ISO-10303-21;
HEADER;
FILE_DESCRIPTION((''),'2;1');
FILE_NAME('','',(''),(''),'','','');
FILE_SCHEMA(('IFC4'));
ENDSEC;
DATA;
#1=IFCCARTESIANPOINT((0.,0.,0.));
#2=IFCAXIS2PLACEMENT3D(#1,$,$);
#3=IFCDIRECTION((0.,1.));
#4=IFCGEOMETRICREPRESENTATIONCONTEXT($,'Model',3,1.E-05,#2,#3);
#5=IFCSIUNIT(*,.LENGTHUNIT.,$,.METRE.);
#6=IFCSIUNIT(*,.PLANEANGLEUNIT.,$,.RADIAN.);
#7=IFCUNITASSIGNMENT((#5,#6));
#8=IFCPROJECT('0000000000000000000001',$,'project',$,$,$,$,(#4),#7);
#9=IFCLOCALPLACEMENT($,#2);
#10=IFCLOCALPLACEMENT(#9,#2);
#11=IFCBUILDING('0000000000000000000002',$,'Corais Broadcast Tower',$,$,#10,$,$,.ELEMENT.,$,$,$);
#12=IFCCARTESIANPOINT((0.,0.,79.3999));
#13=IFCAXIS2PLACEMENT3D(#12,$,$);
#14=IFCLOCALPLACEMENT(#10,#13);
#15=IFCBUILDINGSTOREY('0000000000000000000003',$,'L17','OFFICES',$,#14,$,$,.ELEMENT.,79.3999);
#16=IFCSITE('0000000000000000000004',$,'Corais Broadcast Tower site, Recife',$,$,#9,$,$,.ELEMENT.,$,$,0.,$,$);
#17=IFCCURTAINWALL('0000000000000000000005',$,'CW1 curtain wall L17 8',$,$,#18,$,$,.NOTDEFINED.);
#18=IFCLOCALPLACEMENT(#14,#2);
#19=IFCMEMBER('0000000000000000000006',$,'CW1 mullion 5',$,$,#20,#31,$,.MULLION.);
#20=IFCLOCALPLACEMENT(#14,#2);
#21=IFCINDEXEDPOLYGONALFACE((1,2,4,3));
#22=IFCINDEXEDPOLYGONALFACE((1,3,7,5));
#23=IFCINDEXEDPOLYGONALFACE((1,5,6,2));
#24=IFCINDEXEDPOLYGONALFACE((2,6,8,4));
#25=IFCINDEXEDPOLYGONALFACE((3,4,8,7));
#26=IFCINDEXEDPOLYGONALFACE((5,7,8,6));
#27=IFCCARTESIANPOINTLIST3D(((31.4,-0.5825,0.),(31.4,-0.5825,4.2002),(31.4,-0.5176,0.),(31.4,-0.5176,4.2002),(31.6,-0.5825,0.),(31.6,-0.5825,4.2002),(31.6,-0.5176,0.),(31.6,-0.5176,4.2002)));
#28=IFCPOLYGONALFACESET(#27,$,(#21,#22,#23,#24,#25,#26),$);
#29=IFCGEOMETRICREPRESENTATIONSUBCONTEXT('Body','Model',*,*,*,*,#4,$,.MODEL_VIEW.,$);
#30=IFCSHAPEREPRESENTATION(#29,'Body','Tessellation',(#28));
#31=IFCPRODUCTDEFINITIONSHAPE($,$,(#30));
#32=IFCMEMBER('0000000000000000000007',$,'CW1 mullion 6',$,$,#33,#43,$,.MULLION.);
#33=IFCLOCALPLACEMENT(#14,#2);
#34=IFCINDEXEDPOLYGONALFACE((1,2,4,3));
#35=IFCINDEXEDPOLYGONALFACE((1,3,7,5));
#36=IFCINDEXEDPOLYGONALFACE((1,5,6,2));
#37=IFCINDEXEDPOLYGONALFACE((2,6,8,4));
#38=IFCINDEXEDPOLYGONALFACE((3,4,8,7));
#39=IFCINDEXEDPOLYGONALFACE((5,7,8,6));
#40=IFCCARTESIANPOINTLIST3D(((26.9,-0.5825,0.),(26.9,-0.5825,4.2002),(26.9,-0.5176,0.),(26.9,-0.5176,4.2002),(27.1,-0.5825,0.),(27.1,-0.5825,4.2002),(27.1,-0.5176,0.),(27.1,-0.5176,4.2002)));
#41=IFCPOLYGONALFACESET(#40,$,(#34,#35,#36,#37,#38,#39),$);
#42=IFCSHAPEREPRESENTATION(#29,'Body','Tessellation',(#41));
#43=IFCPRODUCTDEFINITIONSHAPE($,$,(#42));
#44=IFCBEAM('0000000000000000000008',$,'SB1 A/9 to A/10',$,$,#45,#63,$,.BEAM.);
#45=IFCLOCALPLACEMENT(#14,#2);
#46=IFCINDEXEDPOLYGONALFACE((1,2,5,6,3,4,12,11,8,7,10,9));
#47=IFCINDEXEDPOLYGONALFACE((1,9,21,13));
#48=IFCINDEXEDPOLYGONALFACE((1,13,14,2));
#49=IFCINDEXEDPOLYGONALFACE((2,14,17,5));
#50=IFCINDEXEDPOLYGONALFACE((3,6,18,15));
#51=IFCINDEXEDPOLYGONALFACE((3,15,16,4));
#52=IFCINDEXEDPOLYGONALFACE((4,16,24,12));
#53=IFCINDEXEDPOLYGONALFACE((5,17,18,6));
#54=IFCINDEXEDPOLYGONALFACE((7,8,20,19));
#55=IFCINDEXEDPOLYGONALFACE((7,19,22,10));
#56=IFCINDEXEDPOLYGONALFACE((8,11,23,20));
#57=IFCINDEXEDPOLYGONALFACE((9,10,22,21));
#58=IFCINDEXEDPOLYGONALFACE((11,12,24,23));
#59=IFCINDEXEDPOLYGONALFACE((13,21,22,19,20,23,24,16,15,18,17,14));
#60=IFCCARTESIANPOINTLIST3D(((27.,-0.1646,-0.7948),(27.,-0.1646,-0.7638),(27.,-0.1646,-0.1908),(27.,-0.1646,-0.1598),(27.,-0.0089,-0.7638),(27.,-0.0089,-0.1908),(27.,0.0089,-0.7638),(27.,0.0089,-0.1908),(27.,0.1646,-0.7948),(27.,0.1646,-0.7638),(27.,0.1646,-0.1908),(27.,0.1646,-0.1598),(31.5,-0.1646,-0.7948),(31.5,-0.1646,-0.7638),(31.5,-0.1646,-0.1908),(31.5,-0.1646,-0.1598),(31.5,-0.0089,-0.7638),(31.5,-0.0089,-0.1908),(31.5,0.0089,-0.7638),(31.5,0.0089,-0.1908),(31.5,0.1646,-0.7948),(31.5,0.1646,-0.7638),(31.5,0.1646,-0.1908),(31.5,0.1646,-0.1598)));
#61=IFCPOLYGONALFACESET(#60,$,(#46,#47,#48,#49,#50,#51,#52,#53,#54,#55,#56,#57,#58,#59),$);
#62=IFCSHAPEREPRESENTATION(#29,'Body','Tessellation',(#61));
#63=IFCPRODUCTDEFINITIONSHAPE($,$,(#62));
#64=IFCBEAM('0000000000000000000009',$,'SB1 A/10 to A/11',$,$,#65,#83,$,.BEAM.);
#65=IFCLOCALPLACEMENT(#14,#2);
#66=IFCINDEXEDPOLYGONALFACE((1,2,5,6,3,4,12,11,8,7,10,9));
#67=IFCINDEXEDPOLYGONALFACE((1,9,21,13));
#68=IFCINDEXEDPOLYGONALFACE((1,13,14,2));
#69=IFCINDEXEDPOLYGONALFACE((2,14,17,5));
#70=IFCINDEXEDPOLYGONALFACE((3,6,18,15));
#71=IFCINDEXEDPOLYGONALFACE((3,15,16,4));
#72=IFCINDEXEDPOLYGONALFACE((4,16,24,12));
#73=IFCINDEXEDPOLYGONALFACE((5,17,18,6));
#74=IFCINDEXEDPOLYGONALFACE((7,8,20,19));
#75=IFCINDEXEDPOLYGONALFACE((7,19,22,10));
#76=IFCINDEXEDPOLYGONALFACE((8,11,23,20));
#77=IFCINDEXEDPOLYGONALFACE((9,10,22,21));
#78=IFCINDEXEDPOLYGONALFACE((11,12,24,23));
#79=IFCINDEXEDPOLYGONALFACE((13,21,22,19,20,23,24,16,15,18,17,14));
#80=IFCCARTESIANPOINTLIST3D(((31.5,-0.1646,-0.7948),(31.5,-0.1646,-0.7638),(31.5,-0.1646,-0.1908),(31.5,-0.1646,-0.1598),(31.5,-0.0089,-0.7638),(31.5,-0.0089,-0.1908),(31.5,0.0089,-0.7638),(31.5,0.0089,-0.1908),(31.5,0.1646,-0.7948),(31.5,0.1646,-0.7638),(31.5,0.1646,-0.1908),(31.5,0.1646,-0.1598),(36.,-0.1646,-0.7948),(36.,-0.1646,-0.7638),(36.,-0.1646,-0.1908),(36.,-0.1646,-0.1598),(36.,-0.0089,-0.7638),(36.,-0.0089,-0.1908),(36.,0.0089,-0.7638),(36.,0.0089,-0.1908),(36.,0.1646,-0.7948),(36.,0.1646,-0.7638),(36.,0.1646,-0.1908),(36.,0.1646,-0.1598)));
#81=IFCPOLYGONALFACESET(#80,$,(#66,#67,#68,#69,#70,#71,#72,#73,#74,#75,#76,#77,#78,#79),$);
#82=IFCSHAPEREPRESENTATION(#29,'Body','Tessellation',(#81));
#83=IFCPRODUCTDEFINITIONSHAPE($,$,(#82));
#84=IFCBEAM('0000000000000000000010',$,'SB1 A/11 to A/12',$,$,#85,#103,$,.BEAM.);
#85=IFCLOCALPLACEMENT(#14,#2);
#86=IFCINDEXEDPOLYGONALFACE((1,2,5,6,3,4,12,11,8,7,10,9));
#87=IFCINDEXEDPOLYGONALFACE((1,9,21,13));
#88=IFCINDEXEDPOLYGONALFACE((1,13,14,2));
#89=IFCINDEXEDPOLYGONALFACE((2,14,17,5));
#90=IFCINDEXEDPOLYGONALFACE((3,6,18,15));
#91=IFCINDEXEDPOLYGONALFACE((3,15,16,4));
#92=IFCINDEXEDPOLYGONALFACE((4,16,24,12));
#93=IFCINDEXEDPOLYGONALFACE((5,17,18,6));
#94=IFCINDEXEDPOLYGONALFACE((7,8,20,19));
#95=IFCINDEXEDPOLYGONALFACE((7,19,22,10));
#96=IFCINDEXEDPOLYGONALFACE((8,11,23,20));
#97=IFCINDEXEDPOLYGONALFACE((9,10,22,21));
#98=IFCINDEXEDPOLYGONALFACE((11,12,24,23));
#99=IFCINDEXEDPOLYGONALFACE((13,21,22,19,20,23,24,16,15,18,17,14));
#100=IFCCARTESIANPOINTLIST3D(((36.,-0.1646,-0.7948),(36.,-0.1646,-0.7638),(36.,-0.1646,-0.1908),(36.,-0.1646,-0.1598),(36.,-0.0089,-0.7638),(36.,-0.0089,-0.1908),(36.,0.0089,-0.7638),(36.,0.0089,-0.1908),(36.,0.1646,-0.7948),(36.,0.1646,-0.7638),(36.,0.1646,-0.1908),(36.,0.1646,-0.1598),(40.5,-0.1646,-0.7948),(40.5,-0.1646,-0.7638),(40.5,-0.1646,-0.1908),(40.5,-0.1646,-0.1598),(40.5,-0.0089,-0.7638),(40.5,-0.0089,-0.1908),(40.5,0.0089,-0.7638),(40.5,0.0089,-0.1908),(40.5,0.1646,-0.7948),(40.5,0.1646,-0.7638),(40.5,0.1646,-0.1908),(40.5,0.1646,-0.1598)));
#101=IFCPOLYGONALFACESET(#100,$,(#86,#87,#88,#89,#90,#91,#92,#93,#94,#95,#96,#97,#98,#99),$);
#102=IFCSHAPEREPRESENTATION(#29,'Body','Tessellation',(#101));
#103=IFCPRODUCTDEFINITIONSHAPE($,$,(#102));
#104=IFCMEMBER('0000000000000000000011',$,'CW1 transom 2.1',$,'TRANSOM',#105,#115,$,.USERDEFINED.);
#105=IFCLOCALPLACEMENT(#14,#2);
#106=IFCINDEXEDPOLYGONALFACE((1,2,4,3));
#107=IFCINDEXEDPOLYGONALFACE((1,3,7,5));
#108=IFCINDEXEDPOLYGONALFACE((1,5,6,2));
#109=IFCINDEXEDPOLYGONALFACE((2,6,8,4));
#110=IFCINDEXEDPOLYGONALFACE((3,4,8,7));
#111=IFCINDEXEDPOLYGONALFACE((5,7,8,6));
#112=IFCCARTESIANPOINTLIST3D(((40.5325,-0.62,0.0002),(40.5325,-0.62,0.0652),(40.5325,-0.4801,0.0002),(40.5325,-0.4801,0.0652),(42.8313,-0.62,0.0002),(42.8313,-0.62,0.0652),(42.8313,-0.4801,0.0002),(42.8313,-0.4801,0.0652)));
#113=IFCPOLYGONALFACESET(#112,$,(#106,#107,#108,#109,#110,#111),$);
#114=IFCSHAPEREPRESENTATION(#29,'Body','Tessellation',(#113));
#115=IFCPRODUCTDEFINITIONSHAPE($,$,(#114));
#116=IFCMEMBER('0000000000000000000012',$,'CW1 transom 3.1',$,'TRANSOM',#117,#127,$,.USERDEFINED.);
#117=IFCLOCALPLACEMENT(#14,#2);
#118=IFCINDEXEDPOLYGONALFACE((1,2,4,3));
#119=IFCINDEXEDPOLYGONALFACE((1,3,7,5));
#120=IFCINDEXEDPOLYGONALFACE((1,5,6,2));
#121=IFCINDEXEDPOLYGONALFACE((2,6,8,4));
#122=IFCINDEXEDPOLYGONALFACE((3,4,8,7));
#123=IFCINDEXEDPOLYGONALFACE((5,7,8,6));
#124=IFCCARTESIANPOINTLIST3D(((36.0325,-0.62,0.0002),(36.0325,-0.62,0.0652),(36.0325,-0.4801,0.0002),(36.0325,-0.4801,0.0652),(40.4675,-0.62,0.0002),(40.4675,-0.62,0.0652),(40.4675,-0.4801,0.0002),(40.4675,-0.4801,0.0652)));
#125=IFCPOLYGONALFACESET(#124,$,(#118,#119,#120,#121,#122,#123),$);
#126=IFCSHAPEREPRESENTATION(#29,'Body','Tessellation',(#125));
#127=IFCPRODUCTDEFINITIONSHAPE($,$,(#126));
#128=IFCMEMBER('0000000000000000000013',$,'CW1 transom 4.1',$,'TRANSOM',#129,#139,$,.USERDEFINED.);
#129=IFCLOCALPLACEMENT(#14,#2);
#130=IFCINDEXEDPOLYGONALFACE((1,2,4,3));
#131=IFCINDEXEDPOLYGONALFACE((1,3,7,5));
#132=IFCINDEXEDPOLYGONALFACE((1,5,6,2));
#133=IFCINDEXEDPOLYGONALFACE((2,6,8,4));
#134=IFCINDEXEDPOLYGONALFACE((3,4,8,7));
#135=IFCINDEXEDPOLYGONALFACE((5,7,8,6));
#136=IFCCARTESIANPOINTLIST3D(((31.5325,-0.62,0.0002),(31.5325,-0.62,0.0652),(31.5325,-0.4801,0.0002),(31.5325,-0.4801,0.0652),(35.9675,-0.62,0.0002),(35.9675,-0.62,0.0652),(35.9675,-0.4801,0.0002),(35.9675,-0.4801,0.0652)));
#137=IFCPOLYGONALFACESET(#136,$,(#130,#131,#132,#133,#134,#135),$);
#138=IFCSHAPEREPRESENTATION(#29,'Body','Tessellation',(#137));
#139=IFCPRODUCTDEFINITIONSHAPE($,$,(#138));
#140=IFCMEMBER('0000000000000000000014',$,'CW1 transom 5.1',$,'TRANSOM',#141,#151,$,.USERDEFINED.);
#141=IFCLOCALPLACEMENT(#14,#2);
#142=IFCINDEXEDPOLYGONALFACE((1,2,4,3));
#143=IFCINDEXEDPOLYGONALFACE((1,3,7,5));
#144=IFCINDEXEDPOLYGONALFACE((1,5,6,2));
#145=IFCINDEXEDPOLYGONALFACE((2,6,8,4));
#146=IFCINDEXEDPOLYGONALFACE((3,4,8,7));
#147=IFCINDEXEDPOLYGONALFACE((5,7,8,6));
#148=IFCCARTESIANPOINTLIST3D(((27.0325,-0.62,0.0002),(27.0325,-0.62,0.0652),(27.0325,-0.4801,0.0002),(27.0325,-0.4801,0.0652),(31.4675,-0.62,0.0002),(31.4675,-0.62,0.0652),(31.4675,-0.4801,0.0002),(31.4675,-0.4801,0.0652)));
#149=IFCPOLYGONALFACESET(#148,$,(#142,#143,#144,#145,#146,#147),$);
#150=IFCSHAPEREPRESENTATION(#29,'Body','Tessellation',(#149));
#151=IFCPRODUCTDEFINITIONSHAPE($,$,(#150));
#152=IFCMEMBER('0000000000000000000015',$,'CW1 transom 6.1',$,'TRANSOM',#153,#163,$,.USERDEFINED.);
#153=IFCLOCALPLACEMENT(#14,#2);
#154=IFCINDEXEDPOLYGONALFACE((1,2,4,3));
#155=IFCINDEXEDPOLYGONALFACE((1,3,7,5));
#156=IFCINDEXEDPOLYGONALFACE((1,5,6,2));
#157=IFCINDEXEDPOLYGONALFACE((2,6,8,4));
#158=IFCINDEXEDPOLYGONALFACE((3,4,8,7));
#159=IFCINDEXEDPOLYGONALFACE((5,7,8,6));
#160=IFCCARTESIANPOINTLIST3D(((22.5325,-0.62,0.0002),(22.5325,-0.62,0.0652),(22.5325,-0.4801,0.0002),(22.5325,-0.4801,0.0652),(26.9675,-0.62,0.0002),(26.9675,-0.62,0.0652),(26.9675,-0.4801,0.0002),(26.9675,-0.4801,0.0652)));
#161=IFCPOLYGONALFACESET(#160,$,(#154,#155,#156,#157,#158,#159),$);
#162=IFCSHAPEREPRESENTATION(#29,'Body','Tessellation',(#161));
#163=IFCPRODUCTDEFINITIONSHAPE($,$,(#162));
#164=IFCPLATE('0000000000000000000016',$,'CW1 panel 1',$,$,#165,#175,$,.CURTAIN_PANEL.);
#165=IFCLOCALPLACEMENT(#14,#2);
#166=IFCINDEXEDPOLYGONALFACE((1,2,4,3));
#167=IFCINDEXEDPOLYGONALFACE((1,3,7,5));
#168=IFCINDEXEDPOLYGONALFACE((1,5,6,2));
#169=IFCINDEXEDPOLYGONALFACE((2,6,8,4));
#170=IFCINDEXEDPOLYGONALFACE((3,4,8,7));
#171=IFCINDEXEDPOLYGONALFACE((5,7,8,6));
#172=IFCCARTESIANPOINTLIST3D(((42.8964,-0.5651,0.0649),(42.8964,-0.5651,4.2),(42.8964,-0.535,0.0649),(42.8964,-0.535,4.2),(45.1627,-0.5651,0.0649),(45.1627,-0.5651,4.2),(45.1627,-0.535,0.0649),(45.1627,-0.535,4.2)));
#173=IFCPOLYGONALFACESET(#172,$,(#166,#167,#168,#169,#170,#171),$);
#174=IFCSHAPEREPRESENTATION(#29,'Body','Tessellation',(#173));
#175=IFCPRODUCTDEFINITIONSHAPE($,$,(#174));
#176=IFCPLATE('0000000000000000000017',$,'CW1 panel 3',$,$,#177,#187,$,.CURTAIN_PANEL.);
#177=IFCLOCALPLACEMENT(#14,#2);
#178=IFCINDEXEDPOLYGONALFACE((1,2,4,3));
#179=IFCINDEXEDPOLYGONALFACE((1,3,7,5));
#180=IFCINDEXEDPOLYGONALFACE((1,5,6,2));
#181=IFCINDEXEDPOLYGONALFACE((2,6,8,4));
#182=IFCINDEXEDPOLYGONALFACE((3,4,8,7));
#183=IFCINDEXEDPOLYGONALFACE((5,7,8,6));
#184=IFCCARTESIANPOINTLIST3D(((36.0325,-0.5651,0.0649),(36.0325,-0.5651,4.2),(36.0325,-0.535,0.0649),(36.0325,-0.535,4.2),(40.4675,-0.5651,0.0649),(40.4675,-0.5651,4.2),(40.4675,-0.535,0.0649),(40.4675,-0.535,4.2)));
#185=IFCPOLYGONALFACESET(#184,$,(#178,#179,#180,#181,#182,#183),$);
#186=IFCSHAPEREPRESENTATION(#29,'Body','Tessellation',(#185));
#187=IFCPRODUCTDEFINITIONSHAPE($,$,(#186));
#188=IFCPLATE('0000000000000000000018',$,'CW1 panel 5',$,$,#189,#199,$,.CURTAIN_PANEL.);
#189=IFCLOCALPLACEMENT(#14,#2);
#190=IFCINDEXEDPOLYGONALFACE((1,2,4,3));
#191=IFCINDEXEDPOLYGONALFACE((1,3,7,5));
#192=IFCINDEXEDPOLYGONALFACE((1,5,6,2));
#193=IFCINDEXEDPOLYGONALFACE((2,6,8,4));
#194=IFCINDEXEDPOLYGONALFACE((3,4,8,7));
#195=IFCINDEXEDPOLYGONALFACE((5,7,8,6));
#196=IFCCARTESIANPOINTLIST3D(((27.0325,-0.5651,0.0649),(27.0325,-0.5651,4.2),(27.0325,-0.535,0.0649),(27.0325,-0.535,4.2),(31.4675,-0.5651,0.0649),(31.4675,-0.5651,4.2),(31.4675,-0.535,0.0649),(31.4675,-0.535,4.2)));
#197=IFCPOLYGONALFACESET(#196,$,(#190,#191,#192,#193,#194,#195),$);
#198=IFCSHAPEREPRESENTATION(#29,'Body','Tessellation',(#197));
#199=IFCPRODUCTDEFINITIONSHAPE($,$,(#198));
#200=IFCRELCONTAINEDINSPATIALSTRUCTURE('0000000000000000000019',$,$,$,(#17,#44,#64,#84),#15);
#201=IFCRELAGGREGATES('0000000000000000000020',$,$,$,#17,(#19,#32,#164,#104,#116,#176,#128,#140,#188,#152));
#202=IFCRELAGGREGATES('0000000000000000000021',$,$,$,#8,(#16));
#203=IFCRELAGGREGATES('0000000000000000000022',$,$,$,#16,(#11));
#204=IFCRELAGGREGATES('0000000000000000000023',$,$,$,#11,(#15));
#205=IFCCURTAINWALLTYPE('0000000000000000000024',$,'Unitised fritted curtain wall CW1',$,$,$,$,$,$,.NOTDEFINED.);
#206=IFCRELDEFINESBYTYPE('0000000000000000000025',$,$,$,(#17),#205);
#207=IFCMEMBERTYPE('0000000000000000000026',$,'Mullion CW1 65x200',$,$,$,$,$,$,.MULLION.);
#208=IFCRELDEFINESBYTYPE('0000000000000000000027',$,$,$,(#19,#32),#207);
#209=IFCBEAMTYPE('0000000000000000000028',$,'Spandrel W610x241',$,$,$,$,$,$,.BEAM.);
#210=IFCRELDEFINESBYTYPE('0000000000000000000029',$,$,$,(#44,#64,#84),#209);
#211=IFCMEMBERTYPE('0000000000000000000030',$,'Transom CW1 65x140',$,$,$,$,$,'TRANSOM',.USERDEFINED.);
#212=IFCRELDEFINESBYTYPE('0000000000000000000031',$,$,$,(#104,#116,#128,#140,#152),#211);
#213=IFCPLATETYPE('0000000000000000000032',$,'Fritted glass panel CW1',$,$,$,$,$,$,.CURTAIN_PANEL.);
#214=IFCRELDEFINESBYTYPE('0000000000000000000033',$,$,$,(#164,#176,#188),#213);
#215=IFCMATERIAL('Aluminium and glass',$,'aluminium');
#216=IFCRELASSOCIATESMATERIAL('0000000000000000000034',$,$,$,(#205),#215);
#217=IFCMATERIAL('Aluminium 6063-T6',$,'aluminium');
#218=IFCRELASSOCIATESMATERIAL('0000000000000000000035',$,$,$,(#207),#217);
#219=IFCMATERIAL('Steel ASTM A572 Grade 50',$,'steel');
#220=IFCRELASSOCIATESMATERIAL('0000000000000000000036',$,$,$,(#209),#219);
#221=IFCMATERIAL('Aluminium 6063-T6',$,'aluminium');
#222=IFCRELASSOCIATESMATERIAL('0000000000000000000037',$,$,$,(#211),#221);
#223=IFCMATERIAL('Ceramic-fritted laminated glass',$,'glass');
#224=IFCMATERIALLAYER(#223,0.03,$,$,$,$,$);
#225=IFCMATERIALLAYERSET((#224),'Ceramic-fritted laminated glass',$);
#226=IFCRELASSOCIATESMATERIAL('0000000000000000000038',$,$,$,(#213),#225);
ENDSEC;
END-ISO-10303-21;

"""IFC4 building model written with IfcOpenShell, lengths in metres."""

from ifc_helpers import new_model, si_unit, direction, frame, origin, origin_2d, place, context, subcontext, project, spatial, rectangle, i_section, extrude, material, layer, layer_set, material_profile, profile_set, type_object, element, aggregate, save


model = new_model("IFC4")

# Units and contexts
model_context = context("Model", 3, precision=1e-05, world=origin(), true_north=direction((0.0, 1.0)))
body_context = subcontext(model_context, "Body", "Model", "MODEL_VIEW")
ifc_project = project(units=[si_unit("LENGTHUNIT", "METRE"), si_unit("PLANEANGLEUNIT", "RADIAN")], contexts=[model_context])

# Site, building, storey
site_placement = place(None, origin())
site = spatial("IfcSite", under=ifc_project, at=site_placement, Name="Corais Broadcast Tower site, Recife", CompositionType="ELEMENT", RefElevation=0.0)
building_placement = place(site_placement, origin())
building = spatial("IfcBuilding", under=site, at=building_placement, Name="Corais Broadcast Tower", CompositionType="ELEMENT")
storey_placement = place(building_placement, frame((0.0, 0.0, 79.3999)))
storey = spatial("IfcBuildingStorey", under=building, at=storey_placement, Name="L17", Description="OFFICES", CompositionType="ELEMENT", Elevation=79.3999)

# Curtain wall, members
ifc_material_1 = material(Name="Aluminium and glass", Category="aluminium")
curtain_wall_type = type_object("IfcCurtainWallType", Name="Unitised fritted curtain wall CW1", PredefinedType="NOTDEFINED", material=ifc_material_1)
curtain_wall_placement = place(storey_placement, origin())
curtain_wall = element("IfcCurtainWall", 1, at=curtain_wall_placement, inside=storey, type_object=curtain_wall_type, Name="CW1 curtain wall L17 8", PredefinedType="NOTDEFINED")
ifc_material_2 = material(Name="Aluminium 6063-T6", Category="aluminium")
ifc_material_profile_1 = material_profile(ifc_material_2, rectangle(XDim=0.0649, YDim=0.2, at=origin_2d()), Name="Mullion CW1 65x200")
ifc_profile_set_1 = profile_set([ifc_material_profile_1], Name="Aluminium 6063-T6")
member_type_1 = type_object("IfcMemberType", Name="Mullion CW1 65x200", PredefinedType="MULLION", material=ifc_profile_set_1)
member_1_placement = place(storey_placement, frame((31.5, -0.55, 0.0), z_axis=(0.0, 0.0, 1.0), x_axis=(0.0, -1.0, 0.0)))
member_1 = element("IfcMember", 2, at=member_1_placement, type_object=member_type_1, Name="CW1 mullion 5", PredefinedType="MULLION", context=body_context, shape_type="SweptSolid", body=[
    extrude(rectangle(XDim=0.0649, YDim=0.2, at=origin_2d()), origin(), (0.0, 0.0, 1.0), 4.2002),
])
member_2_placement = place(storey_placement, frame((27.0, -0.55, 0.0), z_axis=(0.0, 0.0, 1.0), x_axis=(0.0, -1.0, 0.0)))
member_2 = element("IfcMember", 3, at=member_2_placement, type_object=member_type_1, Name="CW1 mullion 6", PredefinedType="MULLION", context=body_context, shape_type="SweptSolid", body=[
    extrude(rectangle(XDim=0.0649, YDim=0.2, at=origin_2d()), origin(), (0.0, 0.0, 1.0), 4.2002),
])

# Beams
ifc_material_3 = material(Name="Steel ASTM A572 Grade 50", Category="steel")
ifc_material_profile_2 = material_profile(ifc_material_3, i_section(OverallWidth=0.3291, OverallDepth=0.635, WebThickness=0.0178, FlangeThickness=0.031, at=origin_2d()), Name="W610x241")
ifc_profile_set_2 = profile_set([ifc_material_profile_2], Name="Steel ASTM A572 Grade 50")
beam_type_1 = type_object("IfcBeamType", Name="Spandrel W610x241", PredefinedType="BEAM", material=ifc_profile_set_2)
for number, where, z_axis, x_axis, name in (
    (4, (27.0, 0.0, -0.4773), (1.0, 0.0, 0.0), (0.0, 1.0, 0.0), "SB1 A/9 to A/10"),
    (5, (31.5, 0.0, -0.4773), (1.0, 0.0, 0.0), (0.0, 1.0, 0.0), "SB1 A/10 to A/11"),
    (6, (36.0, 0.0, -0.4773), (1.0, 0.0, 0.0), (0.0, 1.0, 0.0), "SB1 A/11 to A/12"),
):
    element("IfcBeam", number, at=place(storey_placement, frame(where, z_axis=z_axis, x_axis=x_axis)), inside=storey, type_object=beam_type_1, Name=name, PredefinedType="BEAM", context=body_context, shape_type="SweptSolid", body=[
        extrude(i_section(OverallWidth=0.3291, OverallDepth=0.635, WebThickness=0.0178, FlangeThickness=0.031, at=origin_2d()), origin(), (0.0, 0.0, 1.0), 4.5),
    ])

# Members
ifc_material_4 = material(Name="Aluminium 6063-T6", Category="aluminium")
ifc_material_profile_3 = material_profile(ifc_material_4, rectangle(XDim=0.1399, YDim=0.0649, at=origin_2d()), Name="Transom CW1 65x140")
ifc_profile_set_3 = profile_set([ifc_material_profile_3], Name="Aluminium 6063-T6")
member_type_2 = type_object("IfcMemberType", Name="Transom CW1 65x140", ElementType="TRANSOM", PredefinedType="USERDEFINED", material=ifc_profile_set_3)
member_3_placement = place(storey_placement, frame((42.8313, -0.55, 0.0327), z_axis=(-1.0, 0.0, 0.0), x_axis=(0.0, -1.0, 0.0)))
member_3 = element("IfcMember", 7, at=member_3_placement, type_object=member_type_2, Name="CW1 transom 2.1", ObjectType="TRANSOM", PredefinedType="USERDEFINED", context=body_context, shape_type="SweptSolid", body=[
    extrude(rectangle(XDim=0.1399, YDim=0.0649, at=origin_2d()), origin(), (0.0, 0.0, 1.0), 2.2988),
])
member_4_placement = place(storey_placement, frame((40.4675, -0.55, 0.0327), z_axis=(-1.0, 0.0, 0.0), x_axis=(0.0, -1.0, 0.0)))
member_4 = element("IfcMember", 8, at=member_4_placement, type_object=member_type_2, Name="CW1 transom 3.1", ObjectType="TRANSOM", PredefinedType="USERDEFINED", context=body_context, shape_type="SweptSolid", body=[
    extrude(rectangle(XDim=0.1399, YDim=0.0649, at=origin_2d()), origin(), (0.0, 0.0, 1.0), 4.4351),
])
member_5_placement = place(storey_placement, frame((35.9675, -0.55, 0.0327), z_axis=(-1.0, 0.0, 0.0), x_axis=(0.0, -1.0, 0.0)))
member_5 = element("IfcMember", 9, at=member_5_placement, type_object=member_type_2, Name="CW1 transom 4.1", ObjectType="TRANSOM", PredefinedType="USERDEFINED", context=body_context, shape_type="SweptSolid", body=[
    extrude(rectangle(XDim=0.1399, YDim=0.0649, at=origin_2d()), origin(), (0.0, 0.0, 1.0), 4.4351),
])
member_6_placement = place(storey_placement, frame((31.4675, -0.55, 0.0327), z_axis=(-1.0, 0.0, 0.0), x_axis=(0.0, -1.0, 0.0)))
member_6 = element("IfcMember", 10, at=member_6_placement, type_object=member_type_2, Name="CW1 transom 5.1", ObjectType="TRANSOM", PredefinedType="USERDEFINED", context=body_context, shape_type="SweptSolid", body=[
    extrude(rectangle(XDim=0.1399, YDim=0.0649, at=origin_2d()), origin(), (0.0, 0.0, 1.0), 4.4351),
])
member_7_placement = place(storey_placement, frame((26.9675, -0.55, 0.0327), z_axis=(-1.0, 0.0, 0.0), x_axis=(0.0, -1.0, 0.0)))
member_7 = element("IfcMember", 11, at=member_7_placement, type_object=member_type_2, Name="CW1 transom 6.1", ObjectType="TRANSOM", PredefinedType="USERDEFINED", context=body_context, shape_type="SweptSolid", body=[
    extrude(rectangle(XDim=0.1399, YDim=0.0649, at=origin_2d()), origin(), (0.0, 0.0, 1.0), 4.4351),
])

# Plates
ifc_material_5 = material(Name="Ceramic-fritted laminated glass", Category="glass")
ifc_layer_1 = layer(ifc_material_5, 0.03)
ifc_layer_set_1 = layer_set([ifc_layer_1], Name="Ceramic-fritted laminated glass")
plate_type_1 = type_object("IfcPlateType", Name="Fritted glass panel CW1", PredefinedType="CURTAIN_PANEL", material=ifc_layer_set_1)
plate_1_placement = place(storey_placement, frame((44.0295, -0.55, 0.0649), z_axis=(0.0, 0.0, 1.0), x_axis=(-1.0, 0.0, 0.0)))
plate_1 = element("IfcPlate", 12, at=plate_1_placement, type_object=plate_type_1, Name="CW1 panel 1", PredefinedType="CURTAIN_PANEL", context=body_context, shape_type="SweptSolid", body=[
    extrude(rectangle(XDim=2.2664, YDim=0.03, at=origin_2d()), origin(), (0.0, 0.0, 1.0), 4.135),
])
plate_2_placement = place(storey_placement, frame((38.25, -0.55, 0.0649), z_axis=(0.0, 0.0, 1.0), x_axis=(-1.0, 0.0, 0.0)))
plate_2 = element("IfcPlate", 13, at=plate_2_placement, type_object=plate_type_1, Name="CW1 panel 3", PredefinedType="CURTAIN_PANEL", context=body_context, shape_type="SweptSolid", body=[
    extrude(rectangle(XDim=4.4351, YDim=0.03, at=origin_2d()), origin(), (0.0, 0.0, 1.0), 4.135),
])
plate_3_placement = place(storey_placement, frame((29.25, -0.55, 0.0649), z_axis=(0.0, 0.0, 1.0), x_axis=(-1.0, 0.0, 0.0)))
plate_3 = element("IfcPlate", 14, at=plate_3_placement, type_object=plate_type_1, Name="CW1 panel 5", PredefinedType="CURTAIN_PANEL", context=body_context, shape_type="SweptSolid", body=[
    extrude(rectangle(XDim=4.4351, YDim=0.03, at=origin_2d()), origin(), (0.0, 0.0, 1.0), 4.135),
])
aggregate(curtain_wall, [member_1, member_2, plate_1, member_3, member_4, plate_2, member_5, member_6, plate_3, member_7])

save(model, "model.ifc")
